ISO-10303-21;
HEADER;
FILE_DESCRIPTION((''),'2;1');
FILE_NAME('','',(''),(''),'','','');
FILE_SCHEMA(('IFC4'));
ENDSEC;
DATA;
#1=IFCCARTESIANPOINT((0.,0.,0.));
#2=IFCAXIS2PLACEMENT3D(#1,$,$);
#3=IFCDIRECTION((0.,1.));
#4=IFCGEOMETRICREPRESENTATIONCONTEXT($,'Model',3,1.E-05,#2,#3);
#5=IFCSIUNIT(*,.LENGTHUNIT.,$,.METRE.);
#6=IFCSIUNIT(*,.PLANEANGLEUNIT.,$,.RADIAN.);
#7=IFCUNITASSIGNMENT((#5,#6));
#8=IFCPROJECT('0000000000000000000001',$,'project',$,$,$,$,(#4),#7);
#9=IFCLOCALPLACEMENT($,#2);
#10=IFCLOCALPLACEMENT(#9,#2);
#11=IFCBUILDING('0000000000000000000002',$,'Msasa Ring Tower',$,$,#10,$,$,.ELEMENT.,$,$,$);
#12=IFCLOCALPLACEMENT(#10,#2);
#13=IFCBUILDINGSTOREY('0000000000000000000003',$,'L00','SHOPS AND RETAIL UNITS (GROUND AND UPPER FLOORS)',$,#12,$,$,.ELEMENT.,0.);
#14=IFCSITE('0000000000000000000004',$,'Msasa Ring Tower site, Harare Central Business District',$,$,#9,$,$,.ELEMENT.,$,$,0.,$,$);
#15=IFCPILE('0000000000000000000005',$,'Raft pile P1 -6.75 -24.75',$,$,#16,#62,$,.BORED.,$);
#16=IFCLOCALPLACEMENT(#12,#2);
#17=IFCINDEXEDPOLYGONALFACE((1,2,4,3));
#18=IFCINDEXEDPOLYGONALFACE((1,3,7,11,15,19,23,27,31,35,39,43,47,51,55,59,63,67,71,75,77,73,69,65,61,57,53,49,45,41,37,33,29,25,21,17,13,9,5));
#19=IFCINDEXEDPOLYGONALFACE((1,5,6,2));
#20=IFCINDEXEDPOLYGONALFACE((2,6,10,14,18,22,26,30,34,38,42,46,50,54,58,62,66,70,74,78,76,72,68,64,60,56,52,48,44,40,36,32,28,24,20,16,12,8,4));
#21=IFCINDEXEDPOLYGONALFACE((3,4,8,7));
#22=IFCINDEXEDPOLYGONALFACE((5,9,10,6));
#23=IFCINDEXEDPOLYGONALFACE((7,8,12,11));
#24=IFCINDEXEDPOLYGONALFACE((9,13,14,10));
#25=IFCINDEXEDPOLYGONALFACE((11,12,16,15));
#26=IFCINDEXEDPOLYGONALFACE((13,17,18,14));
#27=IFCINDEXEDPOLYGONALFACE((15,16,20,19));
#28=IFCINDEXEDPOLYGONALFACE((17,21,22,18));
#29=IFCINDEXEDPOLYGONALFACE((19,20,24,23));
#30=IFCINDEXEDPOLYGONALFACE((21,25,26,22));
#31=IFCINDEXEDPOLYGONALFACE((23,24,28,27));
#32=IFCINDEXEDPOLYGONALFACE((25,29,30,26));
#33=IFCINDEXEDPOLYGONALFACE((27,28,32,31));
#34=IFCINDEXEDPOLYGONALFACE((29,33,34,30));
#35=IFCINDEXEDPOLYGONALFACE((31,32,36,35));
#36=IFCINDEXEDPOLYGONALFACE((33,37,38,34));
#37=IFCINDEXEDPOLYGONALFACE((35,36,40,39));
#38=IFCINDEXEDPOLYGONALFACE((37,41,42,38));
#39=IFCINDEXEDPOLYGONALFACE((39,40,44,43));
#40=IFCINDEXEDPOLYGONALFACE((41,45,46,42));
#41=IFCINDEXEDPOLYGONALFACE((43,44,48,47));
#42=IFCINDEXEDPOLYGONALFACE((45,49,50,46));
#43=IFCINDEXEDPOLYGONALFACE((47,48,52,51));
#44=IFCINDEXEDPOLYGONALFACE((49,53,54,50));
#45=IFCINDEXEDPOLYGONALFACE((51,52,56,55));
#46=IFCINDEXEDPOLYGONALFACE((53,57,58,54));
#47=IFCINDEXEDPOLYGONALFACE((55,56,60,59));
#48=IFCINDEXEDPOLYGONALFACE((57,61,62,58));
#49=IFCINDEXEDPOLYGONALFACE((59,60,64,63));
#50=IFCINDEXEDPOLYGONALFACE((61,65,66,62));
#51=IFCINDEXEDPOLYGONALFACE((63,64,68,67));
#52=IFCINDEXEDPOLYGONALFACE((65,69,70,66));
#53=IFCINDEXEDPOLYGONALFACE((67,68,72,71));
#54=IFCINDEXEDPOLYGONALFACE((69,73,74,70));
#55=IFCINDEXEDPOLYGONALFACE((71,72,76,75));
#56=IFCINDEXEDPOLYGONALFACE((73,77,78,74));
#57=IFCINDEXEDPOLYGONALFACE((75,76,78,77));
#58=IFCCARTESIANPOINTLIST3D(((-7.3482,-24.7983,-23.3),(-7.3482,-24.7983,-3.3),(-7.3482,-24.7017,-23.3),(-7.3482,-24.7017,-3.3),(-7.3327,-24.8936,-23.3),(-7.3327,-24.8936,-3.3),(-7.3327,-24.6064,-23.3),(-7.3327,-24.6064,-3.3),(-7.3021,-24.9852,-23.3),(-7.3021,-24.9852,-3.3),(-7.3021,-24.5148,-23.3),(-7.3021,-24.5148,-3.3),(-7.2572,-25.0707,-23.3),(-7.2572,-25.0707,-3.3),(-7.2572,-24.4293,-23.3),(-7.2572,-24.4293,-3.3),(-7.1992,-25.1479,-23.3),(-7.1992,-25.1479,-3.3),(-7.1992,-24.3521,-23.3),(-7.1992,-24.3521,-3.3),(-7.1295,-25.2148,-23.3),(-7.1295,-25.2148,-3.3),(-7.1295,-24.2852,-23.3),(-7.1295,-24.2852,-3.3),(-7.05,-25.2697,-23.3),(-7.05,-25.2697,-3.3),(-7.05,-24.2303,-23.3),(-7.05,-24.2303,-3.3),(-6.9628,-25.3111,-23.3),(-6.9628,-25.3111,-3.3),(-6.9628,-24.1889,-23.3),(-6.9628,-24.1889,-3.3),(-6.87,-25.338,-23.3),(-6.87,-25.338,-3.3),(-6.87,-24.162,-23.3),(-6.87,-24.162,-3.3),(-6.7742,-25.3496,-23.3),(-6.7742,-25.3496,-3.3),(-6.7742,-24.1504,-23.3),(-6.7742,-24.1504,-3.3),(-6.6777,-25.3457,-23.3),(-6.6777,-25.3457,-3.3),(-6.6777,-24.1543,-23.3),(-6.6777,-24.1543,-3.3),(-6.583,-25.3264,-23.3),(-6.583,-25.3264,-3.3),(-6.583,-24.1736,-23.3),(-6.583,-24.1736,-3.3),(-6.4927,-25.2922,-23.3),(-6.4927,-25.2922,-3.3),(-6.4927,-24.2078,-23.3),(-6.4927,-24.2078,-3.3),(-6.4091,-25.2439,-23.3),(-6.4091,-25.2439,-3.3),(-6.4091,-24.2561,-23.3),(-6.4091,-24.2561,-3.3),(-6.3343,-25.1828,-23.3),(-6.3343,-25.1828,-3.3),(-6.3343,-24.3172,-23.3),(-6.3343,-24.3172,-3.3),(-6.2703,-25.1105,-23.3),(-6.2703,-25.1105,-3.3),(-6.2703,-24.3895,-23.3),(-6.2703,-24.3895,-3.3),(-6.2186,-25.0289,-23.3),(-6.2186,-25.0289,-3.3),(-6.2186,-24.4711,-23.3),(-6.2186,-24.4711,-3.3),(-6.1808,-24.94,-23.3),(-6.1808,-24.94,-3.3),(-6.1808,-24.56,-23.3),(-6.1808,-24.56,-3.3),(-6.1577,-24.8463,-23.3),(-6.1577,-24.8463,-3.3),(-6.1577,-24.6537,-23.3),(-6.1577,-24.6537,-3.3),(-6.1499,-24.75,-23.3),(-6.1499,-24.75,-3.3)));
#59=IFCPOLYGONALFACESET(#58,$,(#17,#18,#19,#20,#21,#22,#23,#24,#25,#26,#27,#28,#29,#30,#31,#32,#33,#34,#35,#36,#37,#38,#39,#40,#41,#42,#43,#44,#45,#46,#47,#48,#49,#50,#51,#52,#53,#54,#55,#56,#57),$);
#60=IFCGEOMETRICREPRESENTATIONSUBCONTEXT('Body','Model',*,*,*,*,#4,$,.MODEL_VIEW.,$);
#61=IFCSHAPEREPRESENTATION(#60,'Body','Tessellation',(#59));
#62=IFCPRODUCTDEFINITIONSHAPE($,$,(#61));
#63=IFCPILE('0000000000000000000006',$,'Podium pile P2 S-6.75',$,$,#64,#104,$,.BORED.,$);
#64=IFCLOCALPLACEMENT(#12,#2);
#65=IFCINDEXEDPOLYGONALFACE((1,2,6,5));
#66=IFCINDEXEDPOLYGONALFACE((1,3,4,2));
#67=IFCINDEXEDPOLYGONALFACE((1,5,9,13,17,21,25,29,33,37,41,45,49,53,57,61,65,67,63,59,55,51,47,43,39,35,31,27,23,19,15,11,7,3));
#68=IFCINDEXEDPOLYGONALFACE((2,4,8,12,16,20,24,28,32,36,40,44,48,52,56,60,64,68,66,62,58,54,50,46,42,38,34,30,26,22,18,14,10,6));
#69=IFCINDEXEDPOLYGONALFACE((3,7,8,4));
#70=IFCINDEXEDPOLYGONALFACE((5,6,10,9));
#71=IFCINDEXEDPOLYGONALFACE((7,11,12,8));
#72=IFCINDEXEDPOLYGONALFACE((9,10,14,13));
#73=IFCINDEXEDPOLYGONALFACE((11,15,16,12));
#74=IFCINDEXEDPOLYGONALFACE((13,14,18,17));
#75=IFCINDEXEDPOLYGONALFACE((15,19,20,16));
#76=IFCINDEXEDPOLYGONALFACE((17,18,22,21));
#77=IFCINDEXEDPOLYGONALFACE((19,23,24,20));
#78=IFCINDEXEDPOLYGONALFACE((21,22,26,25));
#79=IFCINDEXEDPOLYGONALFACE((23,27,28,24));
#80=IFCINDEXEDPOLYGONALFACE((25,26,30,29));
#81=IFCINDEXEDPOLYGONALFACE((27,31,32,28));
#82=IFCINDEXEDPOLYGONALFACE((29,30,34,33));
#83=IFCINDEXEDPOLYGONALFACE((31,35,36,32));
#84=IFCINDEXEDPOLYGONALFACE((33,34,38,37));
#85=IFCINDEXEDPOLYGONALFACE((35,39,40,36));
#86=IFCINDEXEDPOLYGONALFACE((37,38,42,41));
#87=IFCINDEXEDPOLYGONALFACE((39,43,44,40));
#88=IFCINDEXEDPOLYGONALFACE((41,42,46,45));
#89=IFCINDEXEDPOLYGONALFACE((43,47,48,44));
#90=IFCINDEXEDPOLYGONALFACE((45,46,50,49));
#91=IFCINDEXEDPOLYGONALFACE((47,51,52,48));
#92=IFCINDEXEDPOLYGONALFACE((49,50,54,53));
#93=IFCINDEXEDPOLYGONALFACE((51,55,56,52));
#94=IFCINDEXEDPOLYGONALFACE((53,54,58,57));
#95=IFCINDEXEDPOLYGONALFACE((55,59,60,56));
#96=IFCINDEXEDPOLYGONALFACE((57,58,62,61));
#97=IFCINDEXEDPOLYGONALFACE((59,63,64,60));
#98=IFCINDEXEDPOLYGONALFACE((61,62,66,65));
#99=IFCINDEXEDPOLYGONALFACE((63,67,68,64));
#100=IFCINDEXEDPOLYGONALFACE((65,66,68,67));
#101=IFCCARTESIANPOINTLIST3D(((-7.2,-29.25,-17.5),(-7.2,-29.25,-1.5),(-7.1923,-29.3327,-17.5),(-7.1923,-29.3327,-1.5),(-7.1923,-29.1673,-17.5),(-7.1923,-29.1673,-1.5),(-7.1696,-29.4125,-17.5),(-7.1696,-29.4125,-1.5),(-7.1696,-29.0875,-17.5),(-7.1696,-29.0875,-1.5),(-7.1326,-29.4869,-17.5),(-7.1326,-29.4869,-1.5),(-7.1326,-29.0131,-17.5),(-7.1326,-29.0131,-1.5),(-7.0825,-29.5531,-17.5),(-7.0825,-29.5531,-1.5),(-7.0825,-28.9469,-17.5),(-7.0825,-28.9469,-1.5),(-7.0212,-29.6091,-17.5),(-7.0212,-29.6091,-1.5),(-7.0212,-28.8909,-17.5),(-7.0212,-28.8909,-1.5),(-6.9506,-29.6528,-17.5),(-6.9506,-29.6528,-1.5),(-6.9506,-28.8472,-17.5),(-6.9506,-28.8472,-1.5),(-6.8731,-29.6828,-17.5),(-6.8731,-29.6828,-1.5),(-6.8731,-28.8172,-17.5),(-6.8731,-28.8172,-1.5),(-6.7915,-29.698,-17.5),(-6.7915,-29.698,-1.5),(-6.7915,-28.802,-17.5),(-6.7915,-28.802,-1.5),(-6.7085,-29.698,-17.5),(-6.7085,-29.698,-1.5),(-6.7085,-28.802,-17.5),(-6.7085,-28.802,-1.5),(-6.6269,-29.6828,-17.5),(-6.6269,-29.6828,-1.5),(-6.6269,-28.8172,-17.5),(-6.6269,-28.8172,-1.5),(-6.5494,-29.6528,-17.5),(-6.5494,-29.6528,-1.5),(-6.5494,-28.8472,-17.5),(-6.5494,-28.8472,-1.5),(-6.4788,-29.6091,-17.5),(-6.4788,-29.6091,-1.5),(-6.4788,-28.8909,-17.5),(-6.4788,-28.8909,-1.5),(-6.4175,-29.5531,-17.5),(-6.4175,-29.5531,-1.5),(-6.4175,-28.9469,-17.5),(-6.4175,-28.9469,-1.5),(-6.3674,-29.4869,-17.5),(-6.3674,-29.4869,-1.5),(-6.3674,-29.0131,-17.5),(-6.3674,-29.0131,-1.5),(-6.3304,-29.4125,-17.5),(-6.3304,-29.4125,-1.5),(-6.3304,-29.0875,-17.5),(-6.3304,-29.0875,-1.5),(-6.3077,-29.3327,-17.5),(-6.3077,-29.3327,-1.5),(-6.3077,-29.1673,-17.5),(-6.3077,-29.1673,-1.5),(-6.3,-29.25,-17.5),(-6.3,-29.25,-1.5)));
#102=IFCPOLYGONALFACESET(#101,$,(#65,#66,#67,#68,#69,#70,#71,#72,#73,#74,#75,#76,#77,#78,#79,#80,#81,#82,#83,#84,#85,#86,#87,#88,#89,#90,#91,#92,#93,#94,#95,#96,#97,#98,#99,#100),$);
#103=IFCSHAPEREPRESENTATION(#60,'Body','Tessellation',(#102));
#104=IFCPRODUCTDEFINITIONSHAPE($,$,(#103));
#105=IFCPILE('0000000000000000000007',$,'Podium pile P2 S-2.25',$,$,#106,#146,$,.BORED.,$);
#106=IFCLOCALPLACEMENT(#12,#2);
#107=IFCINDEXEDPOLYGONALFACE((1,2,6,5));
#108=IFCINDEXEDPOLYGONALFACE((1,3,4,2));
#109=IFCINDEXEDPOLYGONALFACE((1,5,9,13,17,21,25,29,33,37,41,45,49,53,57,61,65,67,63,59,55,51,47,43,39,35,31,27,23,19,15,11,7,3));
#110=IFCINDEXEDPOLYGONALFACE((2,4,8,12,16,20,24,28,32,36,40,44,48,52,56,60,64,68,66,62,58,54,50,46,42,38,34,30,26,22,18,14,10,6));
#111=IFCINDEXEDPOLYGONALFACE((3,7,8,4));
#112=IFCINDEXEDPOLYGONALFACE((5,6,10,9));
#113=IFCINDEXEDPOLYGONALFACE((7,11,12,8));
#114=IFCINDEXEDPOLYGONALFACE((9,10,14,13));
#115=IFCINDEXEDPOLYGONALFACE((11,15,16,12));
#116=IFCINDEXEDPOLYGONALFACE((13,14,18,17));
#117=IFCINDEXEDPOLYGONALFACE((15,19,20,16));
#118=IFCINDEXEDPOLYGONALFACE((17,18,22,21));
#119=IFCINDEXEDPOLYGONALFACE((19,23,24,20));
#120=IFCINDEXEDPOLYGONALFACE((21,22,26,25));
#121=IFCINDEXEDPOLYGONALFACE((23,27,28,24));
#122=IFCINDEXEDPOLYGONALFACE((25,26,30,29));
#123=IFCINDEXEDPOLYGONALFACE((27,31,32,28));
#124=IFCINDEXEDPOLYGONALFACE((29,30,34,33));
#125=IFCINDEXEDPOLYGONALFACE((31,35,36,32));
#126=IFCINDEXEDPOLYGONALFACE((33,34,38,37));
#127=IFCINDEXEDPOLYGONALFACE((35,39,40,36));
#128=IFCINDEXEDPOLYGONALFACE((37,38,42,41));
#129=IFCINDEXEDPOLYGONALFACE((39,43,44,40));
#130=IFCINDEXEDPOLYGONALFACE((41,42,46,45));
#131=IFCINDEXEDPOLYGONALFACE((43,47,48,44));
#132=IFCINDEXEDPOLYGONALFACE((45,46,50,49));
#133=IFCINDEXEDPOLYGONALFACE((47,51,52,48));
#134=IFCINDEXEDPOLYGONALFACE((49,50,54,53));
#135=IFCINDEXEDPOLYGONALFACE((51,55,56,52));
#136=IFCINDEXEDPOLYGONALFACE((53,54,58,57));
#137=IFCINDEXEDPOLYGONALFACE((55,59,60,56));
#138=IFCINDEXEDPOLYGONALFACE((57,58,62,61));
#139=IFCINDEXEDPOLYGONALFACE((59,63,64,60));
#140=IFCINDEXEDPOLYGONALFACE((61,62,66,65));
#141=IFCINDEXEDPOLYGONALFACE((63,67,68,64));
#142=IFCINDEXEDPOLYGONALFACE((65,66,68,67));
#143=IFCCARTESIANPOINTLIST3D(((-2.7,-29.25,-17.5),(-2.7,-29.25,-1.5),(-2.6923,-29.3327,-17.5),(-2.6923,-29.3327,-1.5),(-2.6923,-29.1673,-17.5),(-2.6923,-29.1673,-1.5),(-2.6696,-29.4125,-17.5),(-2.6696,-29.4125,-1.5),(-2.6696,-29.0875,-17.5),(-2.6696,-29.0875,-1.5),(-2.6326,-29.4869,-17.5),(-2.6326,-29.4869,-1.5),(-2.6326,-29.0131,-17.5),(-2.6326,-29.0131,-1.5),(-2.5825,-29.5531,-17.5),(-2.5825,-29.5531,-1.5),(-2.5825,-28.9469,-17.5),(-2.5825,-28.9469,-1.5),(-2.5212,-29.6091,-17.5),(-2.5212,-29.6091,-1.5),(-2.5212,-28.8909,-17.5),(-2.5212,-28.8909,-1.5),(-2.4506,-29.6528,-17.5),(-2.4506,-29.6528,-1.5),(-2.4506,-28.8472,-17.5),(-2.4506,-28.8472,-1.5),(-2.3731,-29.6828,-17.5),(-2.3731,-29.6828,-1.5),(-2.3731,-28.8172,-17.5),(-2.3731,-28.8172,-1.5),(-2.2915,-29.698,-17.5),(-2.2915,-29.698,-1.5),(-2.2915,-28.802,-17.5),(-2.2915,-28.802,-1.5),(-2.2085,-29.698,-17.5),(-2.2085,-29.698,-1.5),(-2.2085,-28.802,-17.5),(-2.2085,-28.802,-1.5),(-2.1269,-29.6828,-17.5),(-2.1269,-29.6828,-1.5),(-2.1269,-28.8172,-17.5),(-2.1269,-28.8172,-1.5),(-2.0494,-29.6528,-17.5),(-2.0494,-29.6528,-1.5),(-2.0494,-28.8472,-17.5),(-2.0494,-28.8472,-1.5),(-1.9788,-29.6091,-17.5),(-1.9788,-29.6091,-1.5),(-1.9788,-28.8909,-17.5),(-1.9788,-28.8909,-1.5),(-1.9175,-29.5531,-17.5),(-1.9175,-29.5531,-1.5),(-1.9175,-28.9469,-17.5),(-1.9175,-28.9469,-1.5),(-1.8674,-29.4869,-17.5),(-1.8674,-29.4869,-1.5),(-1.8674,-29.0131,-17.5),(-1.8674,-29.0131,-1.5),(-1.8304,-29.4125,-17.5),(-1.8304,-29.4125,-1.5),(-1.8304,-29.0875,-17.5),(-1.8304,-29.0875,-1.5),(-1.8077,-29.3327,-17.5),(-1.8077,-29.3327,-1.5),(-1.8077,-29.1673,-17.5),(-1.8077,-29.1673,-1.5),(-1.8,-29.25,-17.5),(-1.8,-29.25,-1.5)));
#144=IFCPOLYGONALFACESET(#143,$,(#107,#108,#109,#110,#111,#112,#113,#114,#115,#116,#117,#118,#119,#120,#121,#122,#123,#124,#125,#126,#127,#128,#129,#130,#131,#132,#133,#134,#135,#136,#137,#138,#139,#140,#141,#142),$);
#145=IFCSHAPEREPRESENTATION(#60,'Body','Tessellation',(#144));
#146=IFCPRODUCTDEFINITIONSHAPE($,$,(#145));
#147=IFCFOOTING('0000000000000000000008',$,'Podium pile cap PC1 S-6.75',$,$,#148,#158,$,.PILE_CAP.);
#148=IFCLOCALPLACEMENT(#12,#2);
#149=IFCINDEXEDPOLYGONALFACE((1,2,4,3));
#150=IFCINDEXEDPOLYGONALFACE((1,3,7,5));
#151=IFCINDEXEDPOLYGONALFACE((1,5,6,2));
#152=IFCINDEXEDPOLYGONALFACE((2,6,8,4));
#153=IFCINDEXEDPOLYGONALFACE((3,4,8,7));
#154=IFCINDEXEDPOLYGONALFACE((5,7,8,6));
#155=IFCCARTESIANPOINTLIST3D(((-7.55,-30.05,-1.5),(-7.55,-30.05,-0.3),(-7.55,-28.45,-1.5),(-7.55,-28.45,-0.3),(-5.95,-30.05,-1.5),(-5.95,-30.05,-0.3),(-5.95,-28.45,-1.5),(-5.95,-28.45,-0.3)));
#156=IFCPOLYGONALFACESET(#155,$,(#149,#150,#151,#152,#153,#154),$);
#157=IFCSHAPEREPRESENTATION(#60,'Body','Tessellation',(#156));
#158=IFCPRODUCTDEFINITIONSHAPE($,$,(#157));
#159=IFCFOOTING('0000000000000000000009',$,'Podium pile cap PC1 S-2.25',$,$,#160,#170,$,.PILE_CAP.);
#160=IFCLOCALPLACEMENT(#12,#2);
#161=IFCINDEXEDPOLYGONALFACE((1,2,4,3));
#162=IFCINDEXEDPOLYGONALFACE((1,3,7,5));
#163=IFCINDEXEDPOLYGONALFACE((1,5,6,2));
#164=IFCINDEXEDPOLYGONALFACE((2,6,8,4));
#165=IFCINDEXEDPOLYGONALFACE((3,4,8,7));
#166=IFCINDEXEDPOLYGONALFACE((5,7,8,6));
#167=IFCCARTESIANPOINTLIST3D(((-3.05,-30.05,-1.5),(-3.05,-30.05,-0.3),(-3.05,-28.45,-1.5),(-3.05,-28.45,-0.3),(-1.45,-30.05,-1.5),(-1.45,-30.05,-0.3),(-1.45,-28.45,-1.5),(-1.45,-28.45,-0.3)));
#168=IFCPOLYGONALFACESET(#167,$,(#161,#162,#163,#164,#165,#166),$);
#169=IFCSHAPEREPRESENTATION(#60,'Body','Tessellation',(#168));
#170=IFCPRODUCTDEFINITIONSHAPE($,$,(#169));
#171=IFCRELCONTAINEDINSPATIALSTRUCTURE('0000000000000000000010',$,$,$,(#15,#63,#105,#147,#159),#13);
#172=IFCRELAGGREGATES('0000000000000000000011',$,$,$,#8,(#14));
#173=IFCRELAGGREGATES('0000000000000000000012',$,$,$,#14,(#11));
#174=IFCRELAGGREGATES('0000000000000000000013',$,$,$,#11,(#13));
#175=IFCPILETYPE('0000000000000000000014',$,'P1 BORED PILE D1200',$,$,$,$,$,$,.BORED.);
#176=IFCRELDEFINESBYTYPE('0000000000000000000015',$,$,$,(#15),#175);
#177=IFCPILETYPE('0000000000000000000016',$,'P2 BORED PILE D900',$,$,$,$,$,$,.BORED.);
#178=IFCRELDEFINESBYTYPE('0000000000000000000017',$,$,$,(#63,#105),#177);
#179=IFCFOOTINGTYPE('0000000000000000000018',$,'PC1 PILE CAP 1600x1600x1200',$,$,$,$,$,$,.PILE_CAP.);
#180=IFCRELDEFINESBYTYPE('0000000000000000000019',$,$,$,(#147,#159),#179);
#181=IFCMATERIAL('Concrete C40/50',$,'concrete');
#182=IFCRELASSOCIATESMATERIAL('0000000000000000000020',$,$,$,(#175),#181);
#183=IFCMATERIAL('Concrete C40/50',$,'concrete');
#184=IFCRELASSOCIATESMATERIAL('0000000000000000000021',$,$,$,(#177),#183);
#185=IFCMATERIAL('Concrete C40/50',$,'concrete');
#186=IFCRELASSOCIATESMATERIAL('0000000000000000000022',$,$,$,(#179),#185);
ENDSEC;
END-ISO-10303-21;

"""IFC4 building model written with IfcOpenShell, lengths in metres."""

from ifc_helpers import new_model, si_unit, direction, frame, origin, origin_2d, place, context, subcontext, project, spatial, rectangle, circle, extrude, material, material_profile, profile_set, type_object, element, save


model = new_model("IFC4")

# Units and contexts
model_context = context("Model", 3, precision=1e-05, world=origin(), true_north=direction((0.0, 1.0)))
body_context = subcontext(model_context, "Body", "Model", "MODEL_VIEW")
ifc_project = project(units=[si_unit("LENGTHUNIT", "METRE"), si_unit("PLANEANGLEUNIT", "RADIAN")], contexts=[model_context])

# Site, building, storey
site_placement = place(None, origin())
site = spatial("IfcSite", under=ifc_project, at=site_placement, Name="Msasa Ring Tower site, Harare Central Business District", CompositionType="ELEMENT", RefElevation=0.0)
building_placement = place(site_placement, origin())
building = spatial("IfcBuilding", under=site, at=building_placement, Name="Msasa Ring Tower", CompositionType="ELEMENT")
storey_placement = place(building_placement, origin())
storey = spatial("IfcBuildingStorey", under=building, at=storey_placement, Name="L00", Description="SHOPS AND RETAIL UNITS (GROUND AND UPPER FLOORS)", CompositionType="ELEMENT", Elevation=0.0)

# Piles
ifc_material_1 = material(Name="Concrete C40/50", Category="concrete")
ifc_material_profile_1 = material_profile(ifc_material_1, circle(Radius=0.6001, at=origin_2d()), Name="D1200")
ifc_profile_set_1 = profile_set([ifc_material_profile_1], Name="Concrete C40/50")
pile_type_1 = type_object("IfcPileType", Name="P1 BORED PILE D1200", PredefinedType="BORED", material=ifc_profile_set_1)
pile_placement = place(storey_placement, frame((-6.75, -24.75, -3.3), z_axis=(0.0, 0.0, -1.0), x_axis=(1.0, 0.0, 0.0)))
element("IfcPile", 1, at=pile_placement, inside=storey, type_object=pile_type_1, Name="Raft pile P1 -6.75 -24.75", PredefinedType="BORED", context=body_context, shape_type="SweptSolid", body=[
    extrude(circle(Radius=0.6001, at=origin_2d()), origin(), (0.0, 0.0, 1.0), 20.0),
])
ifc_material_2 = material(Name="Concrete C40/50", Category="concrete")
ifc_material_profile_2 = material_profile(ifc_material_2, circle(Radius=0.45, at=origin_2d()), Name="D900")
ifc_profile_set_2 = profile_set([ifc_material_profile_2], Name="Concrete C40/50")
pile_type_2 = type_object("IfcPileType", Name="P2 BORED PILE D900", PredefinedType="BORED", material=ifc_profile_set_2)
for number, where, z_axis, x_axis, name in (
    (2, (-6.75, -29.25, -1.5), (0.0, 0.0, -1.0), (1.0, 0.0, 0.0), "Podium pile P2 S-6.75"),
    (3, (-2.25, -29.25, -1.5), (0.0, 0.0, -1.0), (1.0, 0.0, 0.0), "Podium pile P2 S-2.25"),
):
    element("IfcPile", number, at=place(storey_placement, frame(where, z_axis=z_axis, x_axis=x_axis)), inside=storey, type_object=pile_type_2, Name=name, PredefinedType="BORED", context=body_context, shape_type="SweptSolid", body=[
        extrude(circle(Radius=0.45, at=origin_2d()), origin(), (0.0, 0.0, 1.0), 16.0),
    ])

# Footings
ifc_material_3 = material(Name="Concrete C40/50", Category="concrete")
footing_type = type_object("IfcFootingType", Name="PC1 PILE CAP 1600x1600x1200", PredefinedType="PILE_CAP", material=ifc_material_3)
for number, where, z_axis, x_axis, name in (
    (4, (-6.75, -29.25, -1.5), (0.0, 0.0, 1.0), (1.0, 0.0, 0.0), "Podium pile cap PC1 S-6.75"),
    (5, (-2.25, -29.25, -1.5), (0.0, 0.0, 1.0), (1.0, 0.0, 0.0), "Podium pile cap PC1 S-2.25"),
):
    element("IfcFooting", number, at=place(storey_placement, frame(where, z_axis=z_axis, x_axis=x_axis)), inside=storey, type_object=footing_type, Name=name, PredefinedType="PILE_CAP", context=body_context, shape_type="SweptSolid", body=[
        extrude(rectangle(XDim=1.6001, YDim=1.6001, at=origin_2d()), origin(), (0.0, 0.0, 1.0), 1.2),
    ])

save(model, "model.ifc")
